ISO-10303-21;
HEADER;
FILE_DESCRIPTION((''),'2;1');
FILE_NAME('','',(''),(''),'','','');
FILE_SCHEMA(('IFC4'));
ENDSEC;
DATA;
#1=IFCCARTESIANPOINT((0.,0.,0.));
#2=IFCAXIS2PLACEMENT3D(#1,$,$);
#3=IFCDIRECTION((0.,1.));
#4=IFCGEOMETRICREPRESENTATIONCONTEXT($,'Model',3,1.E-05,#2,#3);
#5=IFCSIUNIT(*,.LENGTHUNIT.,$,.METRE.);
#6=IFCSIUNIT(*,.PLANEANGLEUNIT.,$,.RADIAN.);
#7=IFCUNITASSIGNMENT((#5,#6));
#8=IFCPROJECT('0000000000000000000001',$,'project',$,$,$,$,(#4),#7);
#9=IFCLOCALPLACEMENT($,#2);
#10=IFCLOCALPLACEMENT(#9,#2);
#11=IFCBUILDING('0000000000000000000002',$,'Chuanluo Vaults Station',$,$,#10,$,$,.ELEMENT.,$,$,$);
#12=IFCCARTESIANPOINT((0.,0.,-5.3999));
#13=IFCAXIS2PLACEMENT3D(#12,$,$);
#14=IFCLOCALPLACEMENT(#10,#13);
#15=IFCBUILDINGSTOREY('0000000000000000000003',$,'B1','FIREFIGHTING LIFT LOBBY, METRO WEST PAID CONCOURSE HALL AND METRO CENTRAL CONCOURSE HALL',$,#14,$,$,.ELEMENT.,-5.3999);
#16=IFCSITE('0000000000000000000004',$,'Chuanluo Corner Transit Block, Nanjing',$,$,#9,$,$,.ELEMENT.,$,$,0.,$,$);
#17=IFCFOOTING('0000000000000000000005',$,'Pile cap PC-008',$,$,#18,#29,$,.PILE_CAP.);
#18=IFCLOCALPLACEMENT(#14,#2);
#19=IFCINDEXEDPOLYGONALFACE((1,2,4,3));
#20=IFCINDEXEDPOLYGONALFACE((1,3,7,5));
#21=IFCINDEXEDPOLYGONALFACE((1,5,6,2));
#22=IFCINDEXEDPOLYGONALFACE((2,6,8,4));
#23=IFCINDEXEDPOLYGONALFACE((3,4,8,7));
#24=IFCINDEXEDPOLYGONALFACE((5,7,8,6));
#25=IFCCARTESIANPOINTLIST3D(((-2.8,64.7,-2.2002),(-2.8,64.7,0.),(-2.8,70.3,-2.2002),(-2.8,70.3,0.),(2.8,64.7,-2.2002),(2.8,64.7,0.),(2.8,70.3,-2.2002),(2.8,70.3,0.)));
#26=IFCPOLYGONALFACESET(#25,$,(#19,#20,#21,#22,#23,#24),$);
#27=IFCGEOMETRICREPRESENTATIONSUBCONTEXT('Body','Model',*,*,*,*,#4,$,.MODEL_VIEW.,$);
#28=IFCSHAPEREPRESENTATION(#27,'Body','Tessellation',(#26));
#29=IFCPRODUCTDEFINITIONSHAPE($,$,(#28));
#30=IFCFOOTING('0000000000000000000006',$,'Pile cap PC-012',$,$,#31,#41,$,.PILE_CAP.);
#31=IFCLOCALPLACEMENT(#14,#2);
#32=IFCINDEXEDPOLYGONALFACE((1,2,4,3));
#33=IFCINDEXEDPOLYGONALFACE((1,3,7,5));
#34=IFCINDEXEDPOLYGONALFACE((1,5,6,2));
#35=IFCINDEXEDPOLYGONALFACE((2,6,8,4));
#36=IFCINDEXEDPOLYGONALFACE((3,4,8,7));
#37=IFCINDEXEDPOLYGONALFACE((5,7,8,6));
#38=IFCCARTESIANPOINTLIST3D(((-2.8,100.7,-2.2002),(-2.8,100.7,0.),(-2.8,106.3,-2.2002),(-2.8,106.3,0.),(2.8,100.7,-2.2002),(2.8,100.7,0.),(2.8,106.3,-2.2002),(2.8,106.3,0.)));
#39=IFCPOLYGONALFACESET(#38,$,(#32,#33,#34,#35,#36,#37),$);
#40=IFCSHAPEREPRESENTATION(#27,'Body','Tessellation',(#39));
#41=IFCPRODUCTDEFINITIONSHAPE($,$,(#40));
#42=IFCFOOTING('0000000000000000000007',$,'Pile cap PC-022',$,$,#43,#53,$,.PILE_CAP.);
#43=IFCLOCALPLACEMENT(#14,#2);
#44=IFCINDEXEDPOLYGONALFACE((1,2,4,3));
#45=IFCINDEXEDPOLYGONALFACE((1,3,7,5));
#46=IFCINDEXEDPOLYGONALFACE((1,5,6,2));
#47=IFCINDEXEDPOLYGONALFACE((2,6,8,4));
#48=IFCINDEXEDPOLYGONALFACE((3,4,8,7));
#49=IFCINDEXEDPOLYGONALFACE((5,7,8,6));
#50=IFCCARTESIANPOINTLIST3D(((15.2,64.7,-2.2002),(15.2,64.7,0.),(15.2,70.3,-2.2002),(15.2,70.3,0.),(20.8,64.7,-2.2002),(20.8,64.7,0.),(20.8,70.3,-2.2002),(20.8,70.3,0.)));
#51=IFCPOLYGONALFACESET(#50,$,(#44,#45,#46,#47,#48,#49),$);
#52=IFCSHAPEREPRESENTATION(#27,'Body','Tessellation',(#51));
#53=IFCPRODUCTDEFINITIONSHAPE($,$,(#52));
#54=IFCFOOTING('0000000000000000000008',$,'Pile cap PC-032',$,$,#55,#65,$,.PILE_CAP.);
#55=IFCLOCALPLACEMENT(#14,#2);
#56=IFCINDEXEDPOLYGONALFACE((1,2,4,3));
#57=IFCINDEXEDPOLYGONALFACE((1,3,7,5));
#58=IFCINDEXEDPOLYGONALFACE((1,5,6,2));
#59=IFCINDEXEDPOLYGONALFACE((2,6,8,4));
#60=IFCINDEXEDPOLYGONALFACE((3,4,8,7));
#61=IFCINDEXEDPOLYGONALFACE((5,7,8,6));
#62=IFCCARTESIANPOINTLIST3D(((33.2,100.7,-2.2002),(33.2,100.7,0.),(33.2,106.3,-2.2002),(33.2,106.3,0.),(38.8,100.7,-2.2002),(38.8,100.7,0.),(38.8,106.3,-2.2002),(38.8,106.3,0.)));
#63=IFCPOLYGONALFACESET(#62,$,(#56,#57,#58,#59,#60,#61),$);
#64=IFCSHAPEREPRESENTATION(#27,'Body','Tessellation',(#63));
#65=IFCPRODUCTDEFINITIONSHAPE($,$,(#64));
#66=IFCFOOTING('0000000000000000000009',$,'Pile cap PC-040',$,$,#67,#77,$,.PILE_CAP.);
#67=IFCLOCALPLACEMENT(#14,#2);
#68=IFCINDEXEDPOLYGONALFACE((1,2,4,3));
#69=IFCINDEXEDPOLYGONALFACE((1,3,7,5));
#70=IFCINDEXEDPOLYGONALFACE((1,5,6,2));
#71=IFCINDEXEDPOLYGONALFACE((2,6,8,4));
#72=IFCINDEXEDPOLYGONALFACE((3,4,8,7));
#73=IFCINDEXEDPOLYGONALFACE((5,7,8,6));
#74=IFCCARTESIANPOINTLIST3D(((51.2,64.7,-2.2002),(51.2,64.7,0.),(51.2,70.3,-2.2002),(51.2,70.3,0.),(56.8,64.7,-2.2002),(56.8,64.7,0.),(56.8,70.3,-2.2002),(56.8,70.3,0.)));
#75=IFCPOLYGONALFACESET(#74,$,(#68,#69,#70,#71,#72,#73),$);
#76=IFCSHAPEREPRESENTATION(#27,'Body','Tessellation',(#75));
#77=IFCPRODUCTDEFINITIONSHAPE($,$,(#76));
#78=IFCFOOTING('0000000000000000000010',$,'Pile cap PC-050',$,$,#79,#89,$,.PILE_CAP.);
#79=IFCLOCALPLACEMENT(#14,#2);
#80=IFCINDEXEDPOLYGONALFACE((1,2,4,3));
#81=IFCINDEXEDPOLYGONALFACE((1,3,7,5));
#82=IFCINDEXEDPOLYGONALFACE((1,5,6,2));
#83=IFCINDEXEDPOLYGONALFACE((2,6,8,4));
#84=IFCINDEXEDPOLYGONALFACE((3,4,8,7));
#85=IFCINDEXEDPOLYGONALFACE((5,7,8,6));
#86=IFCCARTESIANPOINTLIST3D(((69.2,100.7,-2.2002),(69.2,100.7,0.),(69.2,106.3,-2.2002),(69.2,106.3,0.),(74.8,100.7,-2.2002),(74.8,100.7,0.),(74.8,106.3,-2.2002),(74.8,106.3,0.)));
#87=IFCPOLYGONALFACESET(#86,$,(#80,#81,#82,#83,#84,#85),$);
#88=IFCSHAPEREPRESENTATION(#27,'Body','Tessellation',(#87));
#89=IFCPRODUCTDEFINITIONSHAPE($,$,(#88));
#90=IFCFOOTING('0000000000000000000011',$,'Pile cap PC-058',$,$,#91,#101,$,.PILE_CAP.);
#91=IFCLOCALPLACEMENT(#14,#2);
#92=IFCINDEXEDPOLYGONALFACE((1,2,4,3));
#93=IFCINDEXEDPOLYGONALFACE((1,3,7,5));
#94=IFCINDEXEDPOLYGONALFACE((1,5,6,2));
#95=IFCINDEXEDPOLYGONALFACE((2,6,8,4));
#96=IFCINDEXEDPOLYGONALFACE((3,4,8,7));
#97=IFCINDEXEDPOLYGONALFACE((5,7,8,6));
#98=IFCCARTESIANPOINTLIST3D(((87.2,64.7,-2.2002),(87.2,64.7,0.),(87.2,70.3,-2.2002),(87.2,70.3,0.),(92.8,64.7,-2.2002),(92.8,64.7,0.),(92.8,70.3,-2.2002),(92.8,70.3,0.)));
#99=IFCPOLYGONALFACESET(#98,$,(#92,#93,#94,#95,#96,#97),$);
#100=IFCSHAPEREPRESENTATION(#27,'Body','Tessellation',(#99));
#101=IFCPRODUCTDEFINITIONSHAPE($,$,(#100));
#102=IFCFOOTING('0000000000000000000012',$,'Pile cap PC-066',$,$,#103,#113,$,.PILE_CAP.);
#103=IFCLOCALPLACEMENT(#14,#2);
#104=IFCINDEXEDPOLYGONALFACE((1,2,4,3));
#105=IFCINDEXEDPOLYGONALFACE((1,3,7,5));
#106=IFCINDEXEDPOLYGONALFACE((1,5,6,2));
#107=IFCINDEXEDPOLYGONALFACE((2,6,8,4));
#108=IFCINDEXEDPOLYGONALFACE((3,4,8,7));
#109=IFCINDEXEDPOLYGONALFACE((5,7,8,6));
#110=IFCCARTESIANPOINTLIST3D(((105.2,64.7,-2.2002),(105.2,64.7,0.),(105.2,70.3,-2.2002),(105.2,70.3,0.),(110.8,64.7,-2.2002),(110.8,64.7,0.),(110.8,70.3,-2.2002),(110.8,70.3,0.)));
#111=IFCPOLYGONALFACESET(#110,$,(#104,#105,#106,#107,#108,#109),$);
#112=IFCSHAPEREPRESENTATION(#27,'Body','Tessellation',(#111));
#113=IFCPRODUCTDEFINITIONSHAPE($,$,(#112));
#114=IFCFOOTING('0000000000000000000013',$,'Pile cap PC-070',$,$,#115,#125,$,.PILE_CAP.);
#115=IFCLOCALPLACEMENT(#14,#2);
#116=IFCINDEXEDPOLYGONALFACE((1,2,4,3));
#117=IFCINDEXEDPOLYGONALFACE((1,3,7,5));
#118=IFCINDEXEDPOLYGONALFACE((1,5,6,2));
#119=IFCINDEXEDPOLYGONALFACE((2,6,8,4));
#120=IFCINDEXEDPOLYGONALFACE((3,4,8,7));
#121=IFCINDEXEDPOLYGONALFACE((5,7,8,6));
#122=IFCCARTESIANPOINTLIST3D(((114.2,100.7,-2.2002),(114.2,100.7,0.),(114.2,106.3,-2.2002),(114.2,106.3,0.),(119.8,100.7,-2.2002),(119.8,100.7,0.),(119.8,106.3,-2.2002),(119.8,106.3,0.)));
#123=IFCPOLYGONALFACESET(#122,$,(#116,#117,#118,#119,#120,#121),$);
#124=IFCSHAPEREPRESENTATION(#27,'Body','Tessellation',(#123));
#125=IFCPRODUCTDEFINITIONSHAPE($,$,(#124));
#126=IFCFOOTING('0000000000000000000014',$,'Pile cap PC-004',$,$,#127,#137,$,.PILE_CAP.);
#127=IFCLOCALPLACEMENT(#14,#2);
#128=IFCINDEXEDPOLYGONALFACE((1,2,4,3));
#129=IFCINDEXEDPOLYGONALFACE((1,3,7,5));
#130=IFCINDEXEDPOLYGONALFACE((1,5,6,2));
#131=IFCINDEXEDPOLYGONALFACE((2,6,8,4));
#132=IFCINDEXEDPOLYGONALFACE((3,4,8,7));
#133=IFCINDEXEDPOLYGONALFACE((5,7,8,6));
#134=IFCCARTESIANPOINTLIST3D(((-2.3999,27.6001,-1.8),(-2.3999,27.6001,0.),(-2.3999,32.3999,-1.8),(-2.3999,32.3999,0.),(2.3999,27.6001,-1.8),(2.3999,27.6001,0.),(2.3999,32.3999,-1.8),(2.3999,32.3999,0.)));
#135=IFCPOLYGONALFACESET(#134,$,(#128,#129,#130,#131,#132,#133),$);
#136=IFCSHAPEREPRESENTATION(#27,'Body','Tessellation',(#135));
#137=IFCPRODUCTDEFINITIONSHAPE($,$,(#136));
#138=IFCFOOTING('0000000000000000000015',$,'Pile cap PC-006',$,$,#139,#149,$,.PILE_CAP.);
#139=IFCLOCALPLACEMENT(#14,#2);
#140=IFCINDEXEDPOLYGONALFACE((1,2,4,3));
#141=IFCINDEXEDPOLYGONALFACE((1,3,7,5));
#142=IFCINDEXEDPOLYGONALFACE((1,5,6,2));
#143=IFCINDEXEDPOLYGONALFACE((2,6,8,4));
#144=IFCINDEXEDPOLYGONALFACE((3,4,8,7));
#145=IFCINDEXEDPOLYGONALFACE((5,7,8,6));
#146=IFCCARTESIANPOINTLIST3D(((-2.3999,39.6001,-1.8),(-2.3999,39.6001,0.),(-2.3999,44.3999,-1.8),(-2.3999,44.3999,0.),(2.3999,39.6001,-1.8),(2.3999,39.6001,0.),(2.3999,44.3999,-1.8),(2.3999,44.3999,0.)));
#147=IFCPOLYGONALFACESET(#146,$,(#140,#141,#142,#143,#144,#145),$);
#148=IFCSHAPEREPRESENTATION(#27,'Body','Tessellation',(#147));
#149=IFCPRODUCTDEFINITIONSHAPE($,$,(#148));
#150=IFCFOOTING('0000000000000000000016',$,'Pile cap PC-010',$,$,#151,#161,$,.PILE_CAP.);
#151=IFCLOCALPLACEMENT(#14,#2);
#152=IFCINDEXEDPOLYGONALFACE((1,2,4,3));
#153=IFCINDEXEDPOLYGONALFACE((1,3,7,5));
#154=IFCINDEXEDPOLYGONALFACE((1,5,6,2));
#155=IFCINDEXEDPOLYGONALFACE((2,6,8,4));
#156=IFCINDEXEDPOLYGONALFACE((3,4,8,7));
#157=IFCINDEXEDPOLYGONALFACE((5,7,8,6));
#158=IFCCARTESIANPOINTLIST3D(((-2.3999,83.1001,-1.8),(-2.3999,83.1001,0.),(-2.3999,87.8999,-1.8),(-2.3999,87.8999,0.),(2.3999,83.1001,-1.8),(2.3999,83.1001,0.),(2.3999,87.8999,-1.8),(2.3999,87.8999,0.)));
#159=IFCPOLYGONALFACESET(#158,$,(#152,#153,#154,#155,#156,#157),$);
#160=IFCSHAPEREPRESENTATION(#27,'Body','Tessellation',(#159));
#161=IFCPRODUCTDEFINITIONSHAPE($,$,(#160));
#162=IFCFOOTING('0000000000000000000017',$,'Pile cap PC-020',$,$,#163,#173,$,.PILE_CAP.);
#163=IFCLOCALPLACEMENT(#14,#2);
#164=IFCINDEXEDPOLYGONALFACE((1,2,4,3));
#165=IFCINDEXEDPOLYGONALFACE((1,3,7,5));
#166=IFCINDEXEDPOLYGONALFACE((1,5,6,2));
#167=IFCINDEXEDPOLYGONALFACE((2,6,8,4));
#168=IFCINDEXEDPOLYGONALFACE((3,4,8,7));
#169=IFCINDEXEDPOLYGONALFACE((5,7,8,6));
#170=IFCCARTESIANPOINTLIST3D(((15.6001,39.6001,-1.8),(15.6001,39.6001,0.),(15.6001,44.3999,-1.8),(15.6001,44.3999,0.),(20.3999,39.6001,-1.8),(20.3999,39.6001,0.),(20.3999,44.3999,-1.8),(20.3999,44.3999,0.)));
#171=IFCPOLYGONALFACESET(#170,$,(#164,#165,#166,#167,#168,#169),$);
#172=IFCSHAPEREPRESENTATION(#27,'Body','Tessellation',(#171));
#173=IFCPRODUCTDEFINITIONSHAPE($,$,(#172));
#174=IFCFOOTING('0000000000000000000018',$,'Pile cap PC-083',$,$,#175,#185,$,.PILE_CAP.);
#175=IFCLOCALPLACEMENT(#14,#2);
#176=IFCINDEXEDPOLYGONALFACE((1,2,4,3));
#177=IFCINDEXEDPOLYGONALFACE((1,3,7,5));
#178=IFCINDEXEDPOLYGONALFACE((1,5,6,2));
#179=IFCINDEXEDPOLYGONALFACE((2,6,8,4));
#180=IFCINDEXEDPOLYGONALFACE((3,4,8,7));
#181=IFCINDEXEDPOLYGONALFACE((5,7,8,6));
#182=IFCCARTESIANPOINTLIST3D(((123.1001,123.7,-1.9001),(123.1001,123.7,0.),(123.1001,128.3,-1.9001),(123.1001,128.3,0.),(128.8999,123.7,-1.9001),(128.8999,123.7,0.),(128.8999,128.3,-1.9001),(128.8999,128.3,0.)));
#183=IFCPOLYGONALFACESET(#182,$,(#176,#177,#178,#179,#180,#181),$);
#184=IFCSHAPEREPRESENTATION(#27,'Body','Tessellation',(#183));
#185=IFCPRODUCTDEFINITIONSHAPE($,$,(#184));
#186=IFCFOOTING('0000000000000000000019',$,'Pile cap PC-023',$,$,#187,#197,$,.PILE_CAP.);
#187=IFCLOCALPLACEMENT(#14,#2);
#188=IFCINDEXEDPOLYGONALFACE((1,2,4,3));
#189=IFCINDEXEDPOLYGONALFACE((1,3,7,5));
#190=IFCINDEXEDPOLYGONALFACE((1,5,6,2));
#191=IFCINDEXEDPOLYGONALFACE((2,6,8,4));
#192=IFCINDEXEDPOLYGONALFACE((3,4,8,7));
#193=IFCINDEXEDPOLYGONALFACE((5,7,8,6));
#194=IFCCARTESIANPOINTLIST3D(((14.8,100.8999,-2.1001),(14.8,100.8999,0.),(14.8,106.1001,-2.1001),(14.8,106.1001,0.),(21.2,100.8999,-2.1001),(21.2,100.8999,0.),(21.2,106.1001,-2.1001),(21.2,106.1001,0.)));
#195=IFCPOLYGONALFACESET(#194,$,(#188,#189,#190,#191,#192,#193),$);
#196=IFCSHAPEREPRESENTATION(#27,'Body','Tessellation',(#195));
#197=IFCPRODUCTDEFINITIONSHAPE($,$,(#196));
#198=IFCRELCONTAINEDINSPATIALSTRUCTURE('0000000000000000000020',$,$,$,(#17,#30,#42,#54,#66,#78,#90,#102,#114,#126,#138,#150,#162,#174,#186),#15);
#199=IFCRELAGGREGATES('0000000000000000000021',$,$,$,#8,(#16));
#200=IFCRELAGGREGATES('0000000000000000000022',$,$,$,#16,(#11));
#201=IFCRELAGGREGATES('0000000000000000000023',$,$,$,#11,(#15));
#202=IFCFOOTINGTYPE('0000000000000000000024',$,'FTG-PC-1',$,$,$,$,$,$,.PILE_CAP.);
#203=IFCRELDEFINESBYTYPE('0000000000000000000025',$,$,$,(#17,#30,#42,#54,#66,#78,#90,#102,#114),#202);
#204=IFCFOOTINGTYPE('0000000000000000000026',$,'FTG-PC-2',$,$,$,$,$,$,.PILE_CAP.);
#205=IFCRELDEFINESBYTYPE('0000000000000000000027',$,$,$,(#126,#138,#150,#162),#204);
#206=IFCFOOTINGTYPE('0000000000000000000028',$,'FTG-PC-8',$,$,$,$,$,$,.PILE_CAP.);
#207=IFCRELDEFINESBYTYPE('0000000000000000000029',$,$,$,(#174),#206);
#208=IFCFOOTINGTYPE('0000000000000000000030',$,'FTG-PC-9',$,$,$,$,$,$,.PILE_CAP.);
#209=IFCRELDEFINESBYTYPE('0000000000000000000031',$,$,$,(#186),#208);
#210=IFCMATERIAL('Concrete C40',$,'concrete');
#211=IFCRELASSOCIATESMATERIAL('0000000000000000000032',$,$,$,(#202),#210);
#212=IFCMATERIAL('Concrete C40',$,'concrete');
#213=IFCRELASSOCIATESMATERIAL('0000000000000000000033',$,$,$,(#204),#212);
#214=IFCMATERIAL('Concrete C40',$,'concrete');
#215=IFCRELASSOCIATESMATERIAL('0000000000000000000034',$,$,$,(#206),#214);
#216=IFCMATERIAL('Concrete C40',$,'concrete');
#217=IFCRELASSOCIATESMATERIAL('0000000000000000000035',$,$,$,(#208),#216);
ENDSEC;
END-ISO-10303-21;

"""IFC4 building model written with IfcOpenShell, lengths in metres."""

from ifc_helpers import new_model, si_unit, direction, frame, origin, place, context, subcontext, project, spatial, polyline, outline, extrude, material, type_object, element, save


model = new_model("IFC4")

# Units and contexts
model_context = context("Model", 3, precision=1e-05, world=origin(), true_north=direction((0.0, 1.0)))
body_context = subcontext(model_context, "Body", "Model", "MODEL_VIEW")
ifc_project = project(units=[si_unit("LENGTHUNIT", "METRE"), si_unit("PLANEANGLEUNIT", "RADIAN")], contexts=[model_context])

# Site, building, storey
site_placement = place(None, origin())
site = spatial("IfcSite", under=ifc_project, at=site_placement, Name="Chuanluo Corner Transit Block, Nanjing", CompositionType="ELEMENT", RefElevation=0.0)
building_placement = place(site_placement, origin())
building = spatial("IfcBuilding", under=site, at=building_placement, Name="Chuanluo Vaults Station", CompositionType="ELEMENT")
storey_placement = place(building_placement, frame((0.0, 0.0, -5.3999)))
storey = spatial("IfcBuildingStorey", under=building, at=storey_placement, Name="B1", Description="FIREFIGHTING LIFT LOBBY, METRO WEST PAID CONCOURSE HALL AND METRO CENTRAL CONCOURSE HALL", CompositionType="ELEMENT", Elevation=-5.3999)

# Footings
ifc_material_1 = material(Name="Concrete C40", Category="concrete")
footing_type_1 = type_object("IfcFootingType", Name="FTG-PC-1", PredefinedType="PILE_CAP", material=ifc_material_1)
footing_1_placement = place(storey_placement, frame((0.0, 0.0, -2.2002)))
element("IfcFooting", 1, at=footing_1_placement, inside=storey, type_object=footing_type_1, Name="Pile cap PC-008", PredefinedType="PILE_CAP", context=body_context, shape_type="SweptSolid", body=[
    extrude(outline(polyline([(-2.8, 64.7), (2.8, 64.7), (2.8, 70.3), (-2.8, 70.3), (-2.8, 64.7)])), origin(), (0.0, 0.0, 1.0), 2.2002),
])
footing_2_placement = place(storey_placement, frame((0.0, 0.0, -2.2002)))
element("IfcFooting", 2, at=footing_2_placement, inside=storey, type_object=footing_type_1, Name="Pile cap PC-012", PredefinedType="PILE_CAP", context=body_context, shape_type="SweptSolid", body=[
    extrude(outline(polyline([(-2.8, 100.7), (2.8, 100.7), (2.8, 106.3), (-2.8, 106.3), (-2.8, 100.7)])), origin(), (0.0, 0.0, 1.0), 2.2002),
])
footing_3_placement = place(storey_placement, frame((0.0, 0.0, -2.2002)))
element("IfcFooting", 3, at=footing_3_placement, inside=storey, type_object=footing_type_1, Name="Pile cap PC-022", PredefinedType="PILE_CAP", context=body_context, shape_type="SweptSolid", body=[
    extrude(outline(polyline([(15.2, 64.7), (20.8, 64.7), (20.8, 70.3), (15.2, 70.3), (15.2, 64.7)])), origin(), (0.0, 0.0, 1.0), 2.2002),
])
footing_4_placement = place(storey_placement, frame((0.0, 0.0, -2.2002)))
element("IfcFooting", 4, at=footing_4_placement, inside=storey, type_object=footing_type_1, Name="Pile cap PC-032", PredefinedType="PILE_CAP", context=body_context, shape_type="SweptSolid", body=[
    extrude(outline(polyline([(33.2, 100.7), (38.8, 100.7), (38.8, 106.3), (33.2, 106.3), (33.2, 100.7)])), origin(), (0.0, 0.0, 1.0), 2.2002),
])
footing_5_placement = place(storey_placement, frame((0.0, 0.0, -2.2002)))
element("IfcFooting", 5, at=footing_5_placement, inside=storey, type_object=footing_type_1, Name="Pile cap PC-040", PredefinedType="PILE_CAP", context=body_context, shape_type="SweptSolid", body=[
    extrude(outline(polyline([(51.2, 64.7), (56.8, 64.7), (56.8, 70.3), (51.2, 70.3), (51.2, 64.7)])), origin(), (0.0, 0.0, 1.0), 2.2002),
])
footing_6_placement = place(storey_placement, frame((0.0, 0.0, -2.2002)))
element("IfcFooting", 6, at=footing_6_placement, inside=storey, type_object=footing_type_1, Name="Pile cap PC-050", PredefinedType="PILE_CAP", context=body_context, shape_type="SweptSolid", body=[
    extrude(outline(polyline([(69.2, 100.7), (74.8, 100.7), (74.8, 106.3), (69.2, 106.3), (69.2, 100.7)])), origin(), (0.0, 0.0, 1.0), 2.2002),
])
footing_7_placement = place(storey_placement, frame((0.0, 0.0, -2.2002)))
element("IfcFooting", 7, at=footing_7_placement, inside=storey, type_object=footing_type_1, Name="Pile cap PC-058", PredefinedType="PILE_CAP", context=body_context, shape_type="SweptSolid", body=[
    extrude(outline(polyline([(87.2, 64.7), (92.8, 64.7), (92.8, 70.3), (87.2, 70.3), (87.2, 64.7)])), origin(), (0.0, 0.0, 1.0), 2.2002),
])
footing_8_placement = place(storey_placement, frame((0.0, 0.0, -2.2002)))
element("IfcFooting", 8, at=footing_8_placement, inside=storey, type_object=footing_type_1, Name="Pile cap PC-066", PredefinedType="PILE_CAP", context=body_context, shape_type="SweptSolid", body=[
    extrude(outline(polyline([(105.2, 64.7), (110.8, 64.7), (110.8, 70.3), (105.2, 70.3), (105.2, 64.7)])), origin(), (0.0, 0.0, 1.0), 2.2002),
])
footing_9_placement = place(storey_placement, frame((0.0, 0.0, -2.2002)))
element("IfcFooting", 9, at=footing_9_placement, inside=storey, type_object=footing_type_1, Name="Pile cap PC-070", PredefinedType="PILE_CAP", context=body_context, shape_type="SweptSolid", body=[
    extrude(outline(polyline([(114.2, 100.7), (119.8, 100.7), (119.8, 106.3), (114.2, 106.3), (114.2, 100.7)])), origin(), (0.0, 0.0, 1.0), 2.2002),
])
ifc_material_2 = material(Name="Concrete C40", Category="concrete")
footing_type_2 = type_object("IfcFootingType", Name="FTG-PC-2", PredefinedType="PILE_CAP", material=ifc_material_2)
footing_10_placement = place(storey_placement, frame((0.0, 0.0, -1.8)))
element("IfcFooting", 10, at=footing_10_placement, inside=storey, type_object=footing_type_2, Name="Pile cap PC-004", PredefinedType="PILE_CAP", context=body_context, shape_type="SweptSolid", body=[
    extrude(outline(polyline([(-2.3999, 27.6001), (2.3999, 27.6001), (2.3999, 32.3999), (-2.3999, 32.3999), (-2.3999, 27.6001)])), origin(), (0.0, 0.0, 1.0), 1.8),
])
footing_11_placement = place(storey_placement, frame((0.0, 0.0, -1.8)))
element("IfcFooting", 11, at=footing_11_placement, inside=storey, type_object=footing_type_2, Name="Pile cap PC-006", PredefinedType="PILE_CAP", context=body_context, shape_type="SweptSolid", body=[
    extrude(outline(polyline([(-2.3999, 39.6001), (2.3999, 39.6001), (2.3999, 44.3999), (-2.3999, 44.3999), (-2.3999, 39.6001)])), origin(), (0.0, 0.0, 1.0), 1.8),
])
footing_12_placement = place(storey_placement, frame((0.0, 0.0, -1.8)))
element("IfcFooting", 12, at=footing_12_placement, inside=storey, type_object=footing_type_2, Name="Pile cap PC-010", PredefinedType="PILE_CAP", context=body_context, shape_type="SweptSolid", body=[
    extrude(outline(polyline([(-2.3999, 83.1001), (2.3999, 83.1001), (2.3999, 87.8999), (-2.3999, 87.8999), (-2.3999, 83.1001)])), origin(), (0.0, 0.0, 1.0), 1.8),
])
footing_13_placement = place(storey_placement, frame((0.0, 0.0, -1.8)))
element("IfcFooting", 13, at=footing_13_placement, inside=storey, type_object=footing_type_2, Name="Pile cap PC-020", PredefinedType="PILE_CAP", context=body_context, shape_type="SweptSolid", body=[
    extrude(outline(polyline([(15.6001, 39.6001), (20.3999, 39.6001), (20.3999, 44.3999), (15.6001, 44.3999), (15.6001, 39.6001)])), origin(), (0.0, 0.0, 1.0), 1.8),
])
ifc_material_3 = material(Name="Concrete C40", Category="concrete")
footing_type_3 = type_object("IfcFootingType", Name="FTG-PC-8", PredefinedType="PILE_CAP", material=ifc_material_3)
footing_14_placement = place(storey_placement, frame((0.0, 0.0, -1.9001)))
element("IfcFooting", 14, at=footing_14_placement, inside=storey, type_object=footing_type_3, Name="Pile cap PC-083", PredefinedType="PILE_CAP", context=body_context, shape_type="SweptSolid", body=[
    extrude(outline(polyline([(123.1001, 123.7), (128.8999, 123.7), (128.8999, 128.3), (123.1001, 128.3), (123.1001, 123.7)])), origin(), (0.0, 0.0, 1.0), 1.9001),
])
ifc_material_4 = material(Name="Concrete C40", Category="concrete")
footing_type_4 = type_object("IfcFootingType", Name="FTG-PC-9", PredefinedType="PILE_CAP", material=ifc_material_4)
footing_15_placement = place(storey_placement, frame((0.0, 0.0, -2.1001)))
element("IfcFooting", 15, at=footing_15_placement, inside=storey, type_object=footing_type_4, Name="Pile cap PC-023", PredefinedType="PILE_CAP", context=body_context, shape_type="SweptSolid", body=[
    extrude(outline(polyline([(14.8, 100.8999), (21.2, 100.8999), (21.2, 106.1001), (14.8, 106.1001), (14.8, 100.8999)])), origin(), (0.0, 0.0, 1.0), 2.1001),
])

save(model, "model.ifc")
